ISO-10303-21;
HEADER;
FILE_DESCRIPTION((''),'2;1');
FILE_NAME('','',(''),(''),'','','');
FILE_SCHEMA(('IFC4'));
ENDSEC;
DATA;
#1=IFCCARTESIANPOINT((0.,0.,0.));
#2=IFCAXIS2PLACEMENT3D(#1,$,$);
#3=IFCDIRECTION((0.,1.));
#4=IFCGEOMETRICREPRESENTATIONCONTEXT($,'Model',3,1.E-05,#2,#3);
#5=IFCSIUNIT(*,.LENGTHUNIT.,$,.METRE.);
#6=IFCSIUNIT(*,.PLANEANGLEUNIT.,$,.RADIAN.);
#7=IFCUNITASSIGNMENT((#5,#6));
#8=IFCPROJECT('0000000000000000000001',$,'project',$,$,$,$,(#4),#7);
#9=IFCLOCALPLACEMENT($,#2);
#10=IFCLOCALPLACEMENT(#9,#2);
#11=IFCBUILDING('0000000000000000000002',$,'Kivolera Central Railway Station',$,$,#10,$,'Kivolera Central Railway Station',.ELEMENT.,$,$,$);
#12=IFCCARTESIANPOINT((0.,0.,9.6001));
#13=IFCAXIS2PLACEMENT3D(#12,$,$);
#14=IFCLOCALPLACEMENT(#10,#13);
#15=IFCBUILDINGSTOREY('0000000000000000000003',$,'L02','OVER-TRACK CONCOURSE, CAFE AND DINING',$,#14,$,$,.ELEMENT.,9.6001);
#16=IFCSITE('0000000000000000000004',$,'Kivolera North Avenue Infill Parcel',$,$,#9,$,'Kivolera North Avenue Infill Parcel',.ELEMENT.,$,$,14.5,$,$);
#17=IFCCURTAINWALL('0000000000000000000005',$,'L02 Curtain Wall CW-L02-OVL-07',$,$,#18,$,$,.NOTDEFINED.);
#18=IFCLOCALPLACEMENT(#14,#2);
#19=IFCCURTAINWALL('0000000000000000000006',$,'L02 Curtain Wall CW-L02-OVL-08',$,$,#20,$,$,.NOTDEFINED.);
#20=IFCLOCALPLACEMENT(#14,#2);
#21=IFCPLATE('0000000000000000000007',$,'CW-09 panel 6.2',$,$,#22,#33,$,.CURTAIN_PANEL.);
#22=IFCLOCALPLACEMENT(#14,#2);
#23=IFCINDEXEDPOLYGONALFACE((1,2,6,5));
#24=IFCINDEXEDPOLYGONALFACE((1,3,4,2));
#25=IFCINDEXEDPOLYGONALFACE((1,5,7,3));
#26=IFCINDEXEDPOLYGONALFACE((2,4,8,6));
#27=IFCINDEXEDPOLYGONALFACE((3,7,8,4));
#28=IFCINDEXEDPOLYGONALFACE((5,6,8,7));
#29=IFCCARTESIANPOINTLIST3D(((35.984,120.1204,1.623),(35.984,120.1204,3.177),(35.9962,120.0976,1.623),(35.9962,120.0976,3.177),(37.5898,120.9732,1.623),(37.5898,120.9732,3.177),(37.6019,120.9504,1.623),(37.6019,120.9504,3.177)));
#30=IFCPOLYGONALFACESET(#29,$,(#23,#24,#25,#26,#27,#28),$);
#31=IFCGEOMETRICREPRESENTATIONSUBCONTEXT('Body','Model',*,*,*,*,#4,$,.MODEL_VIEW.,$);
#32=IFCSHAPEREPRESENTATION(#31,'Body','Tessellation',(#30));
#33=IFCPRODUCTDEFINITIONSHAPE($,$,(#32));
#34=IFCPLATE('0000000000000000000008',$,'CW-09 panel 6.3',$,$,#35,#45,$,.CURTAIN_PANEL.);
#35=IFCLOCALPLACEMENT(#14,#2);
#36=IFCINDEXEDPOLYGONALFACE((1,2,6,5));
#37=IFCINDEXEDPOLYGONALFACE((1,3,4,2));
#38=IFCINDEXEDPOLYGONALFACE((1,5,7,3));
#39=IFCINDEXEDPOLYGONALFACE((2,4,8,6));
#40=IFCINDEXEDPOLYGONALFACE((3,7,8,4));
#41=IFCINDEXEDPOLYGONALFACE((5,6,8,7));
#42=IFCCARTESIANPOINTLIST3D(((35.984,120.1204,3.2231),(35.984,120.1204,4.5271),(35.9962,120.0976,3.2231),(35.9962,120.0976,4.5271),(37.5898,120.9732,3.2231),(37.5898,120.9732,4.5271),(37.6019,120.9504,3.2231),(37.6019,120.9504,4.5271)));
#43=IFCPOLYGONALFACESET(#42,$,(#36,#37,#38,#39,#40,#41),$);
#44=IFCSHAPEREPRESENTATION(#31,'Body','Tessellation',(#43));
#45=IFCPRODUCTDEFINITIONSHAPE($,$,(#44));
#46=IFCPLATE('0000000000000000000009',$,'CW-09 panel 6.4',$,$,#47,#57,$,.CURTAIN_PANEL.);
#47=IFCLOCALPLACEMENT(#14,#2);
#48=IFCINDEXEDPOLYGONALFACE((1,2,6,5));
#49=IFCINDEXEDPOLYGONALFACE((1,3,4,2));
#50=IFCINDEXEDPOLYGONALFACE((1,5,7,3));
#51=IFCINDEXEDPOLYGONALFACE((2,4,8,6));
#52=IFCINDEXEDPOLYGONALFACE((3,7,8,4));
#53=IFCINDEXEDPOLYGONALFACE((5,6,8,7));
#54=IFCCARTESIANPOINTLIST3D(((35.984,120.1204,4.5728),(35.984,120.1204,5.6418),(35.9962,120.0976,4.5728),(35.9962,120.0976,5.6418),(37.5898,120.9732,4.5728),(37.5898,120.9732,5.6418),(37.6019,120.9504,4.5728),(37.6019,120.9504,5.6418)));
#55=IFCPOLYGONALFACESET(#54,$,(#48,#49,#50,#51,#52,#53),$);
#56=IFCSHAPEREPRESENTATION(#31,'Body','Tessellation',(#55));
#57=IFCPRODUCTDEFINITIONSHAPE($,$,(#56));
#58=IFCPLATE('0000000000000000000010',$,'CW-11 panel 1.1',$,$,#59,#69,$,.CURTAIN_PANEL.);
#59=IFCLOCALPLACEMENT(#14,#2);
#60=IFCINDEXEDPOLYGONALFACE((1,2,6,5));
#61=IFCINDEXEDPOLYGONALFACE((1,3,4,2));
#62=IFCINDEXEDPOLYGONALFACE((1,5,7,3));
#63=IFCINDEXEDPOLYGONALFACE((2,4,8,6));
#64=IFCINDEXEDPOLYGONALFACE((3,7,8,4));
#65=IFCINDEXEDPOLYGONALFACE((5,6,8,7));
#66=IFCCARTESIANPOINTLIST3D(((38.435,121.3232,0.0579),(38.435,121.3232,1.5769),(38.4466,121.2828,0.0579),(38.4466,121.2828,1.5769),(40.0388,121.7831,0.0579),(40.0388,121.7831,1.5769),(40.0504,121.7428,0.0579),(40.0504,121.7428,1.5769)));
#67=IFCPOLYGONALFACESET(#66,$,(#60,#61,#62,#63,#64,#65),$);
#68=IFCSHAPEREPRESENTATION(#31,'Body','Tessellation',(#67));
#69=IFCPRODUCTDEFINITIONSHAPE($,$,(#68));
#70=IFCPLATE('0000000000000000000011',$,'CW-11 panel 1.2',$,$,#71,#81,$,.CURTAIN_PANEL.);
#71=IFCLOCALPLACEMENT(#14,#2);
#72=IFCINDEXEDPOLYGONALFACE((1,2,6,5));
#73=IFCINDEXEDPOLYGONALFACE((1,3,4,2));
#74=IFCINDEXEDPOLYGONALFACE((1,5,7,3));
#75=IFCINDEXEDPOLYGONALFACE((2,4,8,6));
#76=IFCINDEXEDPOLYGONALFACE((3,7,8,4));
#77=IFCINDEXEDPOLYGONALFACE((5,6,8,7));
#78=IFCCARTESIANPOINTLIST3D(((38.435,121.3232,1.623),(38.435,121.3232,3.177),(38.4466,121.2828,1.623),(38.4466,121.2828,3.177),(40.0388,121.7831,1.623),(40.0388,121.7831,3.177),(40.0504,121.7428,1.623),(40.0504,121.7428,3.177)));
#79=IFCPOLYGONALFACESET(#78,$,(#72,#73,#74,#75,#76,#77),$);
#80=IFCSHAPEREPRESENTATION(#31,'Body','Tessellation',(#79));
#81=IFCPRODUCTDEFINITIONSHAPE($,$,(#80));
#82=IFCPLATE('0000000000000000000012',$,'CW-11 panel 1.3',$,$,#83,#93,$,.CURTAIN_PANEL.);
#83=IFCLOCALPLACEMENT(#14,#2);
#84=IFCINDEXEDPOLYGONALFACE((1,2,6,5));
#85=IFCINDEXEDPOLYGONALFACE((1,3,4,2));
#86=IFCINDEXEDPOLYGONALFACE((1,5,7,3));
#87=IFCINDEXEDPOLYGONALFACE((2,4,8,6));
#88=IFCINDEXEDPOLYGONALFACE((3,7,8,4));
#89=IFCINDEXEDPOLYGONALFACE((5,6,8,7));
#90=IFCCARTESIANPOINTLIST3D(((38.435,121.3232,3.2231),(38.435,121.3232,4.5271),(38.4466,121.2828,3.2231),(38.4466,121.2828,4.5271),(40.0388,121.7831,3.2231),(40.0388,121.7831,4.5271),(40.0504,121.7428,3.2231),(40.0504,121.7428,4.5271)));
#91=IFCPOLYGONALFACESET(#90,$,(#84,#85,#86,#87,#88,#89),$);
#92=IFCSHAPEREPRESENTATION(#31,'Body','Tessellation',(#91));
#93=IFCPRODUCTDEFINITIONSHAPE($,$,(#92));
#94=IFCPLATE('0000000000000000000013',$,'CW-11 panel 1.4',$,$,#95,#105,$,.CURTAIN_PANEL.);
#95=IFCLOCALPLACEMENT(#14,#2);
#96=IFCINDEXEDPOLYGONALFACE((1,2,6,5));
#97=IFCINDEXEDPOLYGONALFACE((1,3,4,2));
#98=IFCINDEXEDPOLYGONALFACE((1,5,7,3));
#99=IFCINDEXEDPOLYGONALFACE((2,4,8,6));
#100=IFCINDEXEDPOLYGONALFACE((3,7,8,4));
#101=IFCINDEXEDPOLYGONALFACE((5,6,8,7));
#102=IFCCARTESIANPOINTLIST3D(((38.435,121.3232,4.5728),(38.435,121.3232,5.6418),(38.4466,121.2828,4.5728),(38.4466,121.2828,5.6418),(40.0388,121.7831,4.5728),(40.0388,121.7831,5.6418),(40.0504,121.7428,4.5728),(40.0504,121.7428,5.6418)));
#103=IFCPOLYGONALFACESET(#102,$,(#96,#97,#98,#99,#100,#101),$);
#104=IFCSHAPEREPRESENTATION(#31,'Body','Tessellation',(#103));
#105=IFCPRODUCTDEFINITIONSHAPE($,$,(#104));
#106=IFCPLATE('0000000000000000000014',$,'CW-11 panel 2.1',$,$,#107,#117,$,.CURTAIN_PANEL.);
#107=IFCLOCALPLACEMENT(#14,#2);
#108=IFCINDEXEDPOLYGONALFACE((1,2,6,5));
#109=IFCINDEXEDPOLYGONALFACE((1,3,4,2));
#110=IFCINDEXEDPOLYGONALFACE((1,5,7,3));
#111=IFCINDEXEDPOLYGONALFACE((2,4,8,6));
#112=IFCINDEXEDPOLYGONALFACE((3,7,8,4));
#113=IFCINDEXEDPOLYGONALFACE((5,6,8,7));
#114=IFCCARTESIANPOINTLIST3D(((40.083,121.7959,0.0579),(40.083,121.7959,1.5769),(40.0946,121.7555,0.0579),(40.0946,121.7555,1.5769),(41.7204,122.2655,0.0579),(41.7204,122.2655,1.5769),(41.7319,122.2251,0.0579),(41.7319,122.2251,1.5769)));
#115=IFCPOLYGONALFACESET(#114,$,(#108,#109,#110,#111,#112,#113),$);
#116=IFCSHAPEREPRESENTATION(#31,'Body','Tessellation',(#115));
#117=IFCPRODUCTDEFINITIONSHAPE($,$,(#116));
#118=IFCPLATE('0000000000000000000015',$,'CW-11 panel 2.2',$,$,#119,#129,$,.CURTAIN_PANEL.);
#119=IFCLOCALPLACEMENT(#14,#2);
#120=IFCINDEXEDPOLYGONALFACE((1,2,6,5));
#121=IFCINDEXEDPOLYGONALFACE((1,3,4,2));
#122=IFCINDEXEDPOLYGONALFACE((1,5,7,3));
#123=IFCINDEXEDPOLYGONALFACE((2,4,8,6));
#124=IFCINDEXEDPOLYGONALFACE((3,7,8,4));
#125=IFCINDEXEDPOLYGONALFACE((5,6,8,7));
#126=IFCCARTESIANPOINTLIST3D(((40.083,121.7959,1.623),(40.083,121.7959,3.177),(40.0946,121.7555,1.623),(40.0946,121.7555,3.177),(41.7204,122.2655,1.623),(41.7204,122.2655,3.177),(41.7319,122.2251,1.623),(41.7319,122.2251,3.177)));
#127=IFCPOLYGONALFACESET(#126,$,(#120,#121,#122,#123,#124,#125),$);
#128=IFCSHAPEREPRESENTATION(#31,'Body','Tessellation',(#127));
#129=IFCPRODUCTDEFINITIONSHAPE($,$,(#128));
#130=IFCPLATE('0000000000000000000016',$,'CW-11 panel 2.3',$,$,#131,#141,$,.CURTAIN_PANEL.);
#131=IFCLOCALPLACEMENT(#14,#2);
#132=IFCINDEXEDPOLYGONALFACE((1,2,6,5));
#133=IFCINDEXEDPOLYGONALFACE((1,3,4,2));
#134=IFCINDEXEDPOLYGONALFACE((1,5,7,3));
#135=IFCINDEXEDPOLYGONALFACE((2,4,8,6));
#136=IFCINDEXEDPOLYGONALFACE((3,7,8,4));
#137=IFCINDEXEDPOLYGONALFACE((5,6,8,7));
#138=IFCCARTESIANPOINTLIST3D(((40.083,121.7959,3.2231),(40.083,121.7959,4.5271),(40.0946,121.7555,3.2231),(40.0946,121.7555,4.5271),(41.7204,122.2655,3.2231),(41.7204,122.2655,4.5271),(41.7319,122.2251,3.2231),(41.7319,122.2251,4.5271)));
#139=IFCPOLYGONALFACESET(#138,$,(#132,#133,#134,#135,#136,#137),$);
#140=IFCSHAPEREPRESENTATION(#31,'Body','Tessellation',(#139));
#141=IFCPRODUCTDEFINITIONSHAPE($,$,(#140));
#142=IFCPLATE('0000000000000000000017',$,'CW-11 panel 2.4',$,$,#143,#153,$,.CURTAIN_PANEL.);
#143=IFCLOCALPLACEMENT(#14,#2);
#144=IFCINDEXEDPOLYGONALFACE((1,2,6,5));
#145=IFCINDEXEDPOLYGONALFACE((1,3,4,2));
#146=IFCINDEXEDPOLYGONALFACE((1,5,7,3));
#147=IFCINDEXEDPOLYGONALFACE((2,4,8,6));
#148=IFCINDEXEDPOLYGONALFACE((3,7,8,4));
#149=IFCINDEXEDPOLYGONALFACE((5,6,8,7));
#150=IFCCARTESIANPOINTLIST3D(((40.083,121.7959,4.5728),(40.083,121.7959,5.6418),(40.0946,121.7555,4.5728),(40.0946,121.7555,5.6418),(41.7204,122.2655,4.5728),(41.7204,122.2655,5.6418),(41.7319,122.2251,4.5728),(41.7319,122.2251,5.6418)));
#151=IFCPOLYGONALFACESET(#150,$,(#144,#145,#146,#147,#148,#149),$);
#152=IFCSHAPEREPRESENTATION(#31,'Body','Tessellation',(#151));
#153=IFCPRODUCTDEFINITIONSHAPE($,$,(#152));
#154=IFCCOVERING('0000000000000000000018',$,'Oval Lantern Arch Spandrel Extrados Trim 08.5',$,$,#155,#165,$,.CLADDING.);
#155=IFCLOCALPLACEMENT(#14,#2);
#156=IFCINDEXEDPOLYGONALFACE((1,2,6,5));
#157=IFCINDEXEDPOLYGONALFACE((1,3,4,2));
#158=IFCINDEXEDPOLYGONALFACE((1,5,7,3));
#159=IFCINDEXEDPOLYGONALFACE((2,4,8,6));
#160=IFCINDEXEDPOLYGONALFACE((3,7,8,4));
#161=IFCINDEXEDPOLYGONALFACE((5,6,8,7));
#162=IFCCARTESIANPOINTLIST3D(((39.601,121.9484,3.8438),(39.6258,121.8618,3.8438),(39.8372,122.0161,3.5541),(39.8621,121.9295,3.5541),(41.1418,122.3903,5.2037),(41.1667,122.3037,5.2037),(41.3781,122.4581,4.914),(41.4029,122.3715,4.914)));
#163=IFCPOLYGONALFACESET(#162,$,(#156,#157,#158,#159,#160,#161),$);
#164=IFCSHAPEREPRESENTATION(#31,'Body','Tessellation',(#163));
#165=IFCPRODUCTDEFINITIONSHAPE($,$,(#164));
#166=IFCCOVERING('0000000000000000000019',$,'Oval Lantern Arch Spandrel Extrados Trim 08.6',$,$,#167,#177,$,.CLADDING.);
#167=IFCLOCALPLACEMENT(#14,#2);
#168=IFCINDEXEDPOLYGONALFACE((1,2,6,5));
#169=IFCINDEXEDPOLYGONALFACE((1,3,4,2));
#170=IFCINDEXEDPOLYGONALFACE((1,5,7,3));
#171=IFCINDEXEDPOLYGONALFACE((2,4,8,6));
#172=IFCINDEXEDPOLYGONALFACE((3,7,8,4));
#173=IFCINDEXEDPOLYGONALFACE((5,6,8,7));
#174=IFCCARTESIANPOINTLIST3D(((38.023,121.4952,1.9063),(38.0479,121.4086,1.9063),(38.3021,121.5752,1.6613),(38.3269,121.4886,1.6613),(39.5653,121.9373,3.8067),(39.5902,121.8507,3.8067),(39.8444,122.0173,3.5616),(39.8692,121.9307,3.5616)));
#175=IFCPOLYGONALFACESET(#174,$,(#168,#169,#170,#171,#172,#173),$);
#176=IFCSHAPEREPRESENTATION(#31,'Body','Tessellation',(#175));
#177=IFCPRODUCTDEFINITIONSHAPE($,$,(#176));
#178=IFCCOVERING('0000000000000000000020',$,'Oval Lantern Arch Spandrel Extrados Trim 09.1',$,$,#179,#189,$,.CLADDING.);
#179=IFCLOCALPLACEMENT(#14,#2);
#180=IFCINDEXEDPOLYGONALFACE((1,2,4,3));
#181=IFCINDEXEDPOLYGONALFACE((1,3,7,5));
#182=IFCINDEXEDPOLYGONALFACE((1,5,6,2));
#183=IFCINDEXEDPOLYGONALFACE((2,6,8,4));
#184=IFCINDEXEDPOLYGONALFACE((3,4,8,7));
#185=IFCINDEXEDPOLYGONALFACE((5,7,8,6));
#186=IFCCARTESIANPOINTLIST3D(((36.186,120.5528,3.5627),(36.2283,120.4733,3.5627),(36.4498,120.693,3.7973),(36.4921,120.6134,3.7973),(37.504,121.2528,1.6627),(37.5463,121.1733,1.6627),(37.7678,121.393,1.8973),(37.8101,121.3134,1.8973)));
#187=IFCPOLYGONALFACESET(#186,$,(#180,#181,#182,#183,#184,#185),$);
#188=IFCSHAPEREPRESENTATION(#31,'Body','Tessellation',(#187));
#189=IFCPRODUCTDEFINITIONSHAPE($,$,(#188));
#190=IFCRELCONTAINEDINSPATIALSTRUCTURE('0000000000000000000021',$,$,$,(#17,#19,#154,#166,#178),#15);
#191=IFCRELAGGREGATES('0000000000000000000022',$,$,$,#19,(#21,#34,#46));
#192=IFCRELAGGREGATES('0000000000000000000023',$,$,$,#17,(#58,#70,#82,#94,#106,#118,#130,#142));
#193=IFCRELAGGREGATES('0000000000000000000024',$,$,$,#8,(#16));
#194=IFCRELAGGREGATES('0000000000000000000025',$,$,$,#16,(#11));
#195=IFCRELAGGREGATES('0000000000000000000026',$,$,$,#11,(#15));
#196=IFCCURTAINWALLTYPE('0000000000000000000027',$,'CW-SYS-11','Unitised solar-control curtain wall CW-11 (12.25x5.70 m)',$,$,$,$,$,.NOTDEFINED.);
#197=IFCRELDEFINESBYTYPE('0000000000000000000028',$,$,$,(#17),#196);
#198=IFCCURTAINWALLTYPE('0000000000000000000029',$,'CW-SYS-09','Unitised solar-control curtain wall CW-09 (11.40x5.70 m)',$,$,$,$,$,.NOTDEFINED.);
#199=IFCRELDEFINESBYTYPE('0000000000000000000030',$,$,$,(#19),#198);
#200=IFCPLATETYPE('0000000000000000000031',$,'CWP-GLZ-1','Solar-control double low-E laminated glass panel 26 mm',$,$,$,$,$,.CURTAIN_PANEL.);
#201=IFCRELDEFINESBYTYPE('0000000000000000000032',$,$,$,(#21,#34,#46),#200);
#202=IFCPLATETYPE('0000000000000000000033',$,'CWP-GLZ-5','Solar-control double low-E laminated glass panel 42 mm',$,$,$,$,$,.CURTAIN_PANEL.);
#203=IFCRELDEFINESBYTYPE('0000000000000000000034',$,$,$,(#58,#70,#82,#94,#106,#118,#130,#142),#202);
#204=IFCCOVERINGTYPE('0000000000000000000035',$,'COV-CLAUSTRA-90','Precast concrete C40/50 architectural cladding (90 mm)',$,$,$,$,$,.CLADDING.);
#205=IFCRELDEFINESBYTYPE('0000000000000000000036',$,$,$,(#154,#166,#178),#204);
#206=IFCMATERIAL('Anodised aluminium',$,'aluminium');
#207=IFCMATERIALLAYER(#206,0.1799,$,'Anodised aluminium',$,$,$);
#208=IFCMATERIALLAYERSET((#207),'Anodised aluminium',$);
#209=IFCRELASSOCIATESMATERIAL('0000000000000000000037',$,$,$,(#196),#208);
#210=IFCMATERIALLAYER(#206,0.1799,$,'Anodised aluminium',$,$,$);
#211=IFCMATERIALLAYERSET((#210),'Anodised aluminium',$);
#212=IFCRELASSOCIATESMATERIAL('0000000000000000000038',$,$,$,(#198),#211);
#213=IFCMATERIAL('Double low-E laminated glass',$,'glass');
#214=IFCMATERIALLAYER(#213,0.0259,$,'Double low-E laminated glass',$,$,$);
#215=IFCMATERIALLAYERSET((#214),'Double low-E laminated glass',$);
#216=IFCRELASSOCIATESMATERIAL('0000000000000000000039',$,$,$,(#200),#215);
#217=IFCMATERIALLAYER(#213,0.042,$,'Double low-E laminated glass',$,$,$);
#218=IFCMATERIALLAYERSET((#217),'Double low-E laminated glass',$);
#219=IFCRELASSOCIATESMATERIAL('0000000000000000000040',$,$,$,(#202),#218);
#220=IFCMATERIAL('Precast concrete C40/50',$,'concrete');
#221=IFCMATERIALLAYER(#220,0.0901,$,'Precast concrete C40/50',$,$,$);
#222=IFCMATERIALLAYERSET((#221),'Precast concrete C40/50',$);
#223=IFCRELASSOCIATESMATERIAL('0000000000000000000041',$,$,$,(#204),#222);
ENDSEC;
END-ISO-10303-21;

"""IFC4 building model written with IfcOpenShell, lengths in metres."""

from ifc_helpers import new_model, si_unit, direction, frame, origin, origin_2d, place, context, subcontext, project, spatial, rectangle, extrude, material, layer, layer_set, type_object, element, aggregate, save


model = new_model("IFC4")

# Units and contexts
model_context = context("Model", 3, precision=1e-05, world=origin(), true_north=direction((0.0, 1.0)))
body_context = subcontext(model_context, "Body", "Model", "MODEL_VIEW")
ifc_project = project(units=[si_unit("LENGTHUNIT", "METRE"), si_unit("PLANEANGLEUNIT", "RADIAN")], contexts=[model_context])

# Site, building, storey
site_placement = place(None, origin())
site = spatial("IfcSite", under=ifc_project, at=site_placement, Name="Kivolera North Avenue Infill Parcel", LongName="Kivolera North Avenue Infill Parcel", CompositionType="ELEMENT", RefElevation=14.5)
building_placement = place(site_placement, origin())
building = spatial("IfcBuilding", under=site, at=building_placement, Name="Kivolera Central Railway Station", LongName="Kivolera Central Railway Station", CompositionType="ELEMENT")
storey_placement = place(building_placement, frame((0.0, 0.0, 9.6001)))
storey = spatial("IfcBuildingStorey", under=building, at=storey_placement, Name="L02", Description="OVER-TRACK CONCOURSE, CAFE AND DINING", CompositionType="ELEMENT", Elevation=9.6001)

# Curtain wall
ifc_material_1 = material(Name="Anodised aluminium", Category="aluminium")
ifc_layer_1 = layer(ifc_material_1, 0.1799, Name="Anodised aluminium")
ifc_layer_set_1 = layer_set([ifc_layer_1], Name="Anodised aluminium")
curtain_wall_type_1 = type_object("IfcCurtainWallType", Name="CW-SYS-11", Description="Unitised solar-control curtain wall CW-11 (12.25x5.70 m)", PredefinedType="NOTDEFINED", material=ifc_layer_set_1)
curtain_wall_1_placement = place(storey_placement, origin())
curtain_wall_1 = element("IfcCurtainWall", 1, at=curtain_wall_1_placement, inside=storey, type_object=curtain_wall_type_1, Name="L02 Curtain Wall CW-L02-OVL-07", PredefinedType="NOTDEFINED")

# Curtain wall
ifc_layer_2 = layer(ifc_material_1, 0.1799, Name="Anodised aluminium")
ifc_layer_set_2 = layer_set([ifc_layer_2], Name="Anodised aluminium")
curtain_wall_type_2 = type_object("IfcCurtainWallType", Name="CW-SYS-09", Description="Unitised solar-control curtain wall CW-09 (11.40x5.70 m)", PredefinedType="NOTDEFINED", material=ifc_layer_set_2)
curtain_wall_2_placement = place(storey_placement, origin())
curtain_wall_2 = element("IfcCurtainWall", 2, at=curtain_wall_2_placement, inside=storey, type_object=curtain_wall_type_2, Name="L02 Curtain Wall CW-L02-OVL-08", PredefinedType="NOTDEFINED")

# Plates
ifc_material_2 = material(Name="Double low-E laminated glass", Category="glass")
ifc_layer_3 = layer(ifc_material_2, 0.0259, Name="Double low-E laminated glass")
ifc_layer_set_3 = layer_set([ifc_layer_3], Name="Double low-E laminated glass")
plate_type_1 = type_object("IfcPlateType", Name="CWP-GLZ-1", Description="Solar-control double low-E laminated glass panel 26 mm", PredefinedType="CURTAIN_PANEL", material=ifc_layer_set_3)
plate_1_placement = place(storey_placement, frame((36.793, 120.5354, 1.623), z_axis=(0.0, 0.0, 1.0), x_axis=(0.88317, 0.469053, 0.0)))
plate_1 = element("IfcPlate", 3, at=plate_1_placement, type_object=plate_type_1, Name="CW-09 panel 6.2", PredefinedType="CURTAIN_PANEL", context=body_context, shape_type="SweptSolid", body=[
    extrude(rectangle(XDim=1.8181, YDim=0.0259, at=origin_2d()), origin(), (0.0, 0.0, 1.0), 1.554),
])
plate_2_placement = place(storey_placement, frame((36.793, 120.5354, 3.2231), z_axis=(0.0, 0.0, 1.0), x_axis=(0.88317, 0.469053, 0.0)))
plate_2 = element("IfcPlate", 4, at=plate_2_placement, type_object=plate_type_1, Name="CW-09 panel 6.3", PredefinedType="CURTAIN_PANEL", context=body_context, shape_type="SweptSolid", body=[
    extrude(rectangle(XDim=1.8181, YDim=0.0259, at=origin_2d()), origin(), (0.0, 0.0, 1.0), 1.304),
])
plate_3_placement = place(storey_placement, frame((36.793, 120.5354, 4.5728), z_axis=(0.0, 0.0, 1.0), x_axis=(0.88317, 0.469053, 0.0)))
plate_3 = element("IfcPlate", 5, at=plate_3_placement, type_object=plate_type_1, Name="CW-09 panel 6.4", PredefinedType="CURTAIN_PANEL", context=body_context, shape_type="SweptSolid", body=[
    extrude(rectangle(XDim=1.8181, YDim=0.0259, at=origin_2d()), origin(), (0.0, 0.0, 1.0), 1.0691),
])
aggregate(curtain_wall_2, [plate_1, plate_2, plate_3])
ifc_layer_4 = layer(ifc_material_2, 0.042, Name="Double low-E laminated glass")
ifc_layer_set_4 = layer_set([ifc_layer_4], Name="Double low-E laminated glass")
plate_type_2 = type_object("IfcPlateType", Name="CWP-GLZ-5", Description="Solar-control double low-E laminated glass panel 42 mm", PredefinedType="CURTAIN_PANEL", material=ifc_layer_set_4)
plate_4_placement = place(storey_placement, frame((39.2427, 121.533, 0.0579), z_axis=(0.0, 0.0, 1.0), x_axis=(0.961246, 0.275692, 0.0)))
plate_4 = element("IfcPlate", 6, at=plate_4_placement, type_object=plate_type_2, Name="CW-11 panel 1.1", PredefinedType="CURTAIN_PANEL", context=body_context, shape_type="SweptSolid", body=[
    extrude(rectangle(XDim=1.6685, YDim=0.042, at=origin_2d()), origin(), (0.0, 0.0, 1.0), 1.519),
])
plate_5_placement = place(storey_placement, frame((39.2427, 121.533, 1.623), z_axis=(0.0, 0.0, 1.0), x_axis=(0.961246, 0.275692, 0.0)))
plate_5 = element("IfcPlate", 7, at=plate_5_placement, type_object=plate_type_2, Name="CW-11 panel 1.2", PredefinedType="CURTAIN_PANEL", context=body_context, shape_type="SweptSolid", body=[
    extrude(rectangle(XDim=1.6685, YDim=0.042, at=origin_2d()), origin(), (0.0, 0.0, 1.0), 1.554),
])
plate_6_placement = place(storey_placement, frame((39.2427, 121.533, 3.2231), z_axis=(0.0, 0.0, 1.0), x_axis=(0.961246, 0.275692, 0.0)))
plate_6 = element("IfcPlate", 8, at=plate_6_placement, type_object=plate_type_2, Name="CW-11 panel 1.3", PredefinedType="CURTAIN_PANEL", context=body_context, shape_type="SweptSolid", body=[
    extrude(rectangle(XDim=1.6685, YDim=0.042, at=origin_2d()), origin(), (0.0, 0.0, 1.0), 1.304),
])
plate_7_placement = place(storey_placement, frame((39.2427, 121.533, 4.5728), z_axis=(0.0, 0.0, 1.0), x_axis=(0.961246, 0.275692, 0.0)))
plate_7 = element("IfcPlate", 9, at=plate_7_placement, type_object=plate_type_2, Name="CW-11 panel 1.4", PredefinedType="CURTAIN_PANEL", context=body_context, shape_type="SweptSolid", body=[
    extrude(rectangle(XDim=1.6685, YDim=0.042, at=origin_2d()), origin(), (0.0, 0.0, 1.0), 1.0691),
])
plate_8_placement = place(storey_placement, frame((40.9075, 122.0105, 0.0579), z_axis=(0.0, 0.0, 1.0), x_axis=(0.961246, 0.275692, 0.0)))
plate_8 = element("IfcPlate", 10, at=plate_8_placement, type_object=plate_type_2, Name="CW-11 panel 2.1", PredefinedType="CURTAIN_PANEL", context=body_context, shape_type="SweptSolid", body=[
    extrude(rectangle(XDim=1.7034, YDim=0.042, at=origin_2d()), origin(), (0.0, 0.0, 1.0), 1.519),
])
plate_9_placement = place(storey_placement, frame((40.9075, 122.0105, 1.623), z_axis=(0.0, 0.0, 1.0), x_axis=(0.961246, 0.275692, 0.0)))
plate_9 = element("IfcPlate", 11, at=plate_9_placement, type_object=plate_type_2, Name="CW-11 panel 2.2", PredefinedType="CURTAIN_PANEL", context=body_context, shape_type="SweptSolid", body=[
    extrude(rectangle(XDim=1.7034, YDim=0.042, at=origin_2d()), origin(), (0.0, 0.0, 1.0), 1.554),
])
plate_10_placement = place(storey_placement, frame((40.9075, 122.0105, 3.2231), z_axis=(0.0, 0.0, 1.0), x_axis=(0.961246, 0.275692, 0.0)))
plate_10 = element("IfcPlate", 12, at=plate_10_placement, type_object=plate_type_2, Name="CW-11 panel 2.3", PredefinedType="CURTAIN_PANEL", context=body_context, shape_type="SweptSolid", body=[
    extrude(rectangle(XDim=1.7034, YDim=0.042, at=origin_2d()), origin(), (0.0, 0.0, 1.0), 1.304),
])
plate_11_placement = place(storey_placement, frame((40.9075, 122.0105, 4.5728), z_axis=(0.0, 0.0, 1.0), x_axis=(0.961246, 0.275692, 0.0)))
plate_11 = element("IfcPlate", 13, at=plate_11_placement, type_object=plate_type_2, Name="CW-11 panel 2.4", PredefinedType="CURTAIN_PANEL", context=body_context, shape_type="SweptSolid", body=[
    extrude(rectangle(XDim=1.7034, YDim=0.042, at=origin_2d()), origin(), (0.0, 0.0, 1.0), 1.0691),
])
aggregate(curtain_wall_1, [plate_4, plate_5, plate_6, plate_7, plate_8, plate_9, plate_10, plate_11])

# Coverings
ifc_material_3 = material(Name="Precast concrete C40/50", Category="concrete")
ifc_layer_5 = layer(ifc_material_3, 0.0901, Name="Precast concrete C40/50")
ifc_layer_set_5 = layer_set([ifc_layer_5], Name="Precast concrete C40/50")
covering_type = type_object("IfcCoveringType", Name="COV-CLAUSTRA-90", Description="Precast concrete C40/50 architectural cladding (90 mm)", PredefinedType="CLADDING", material=ifc_layer_set_5)
covering_1_placement = place(storey_placement, frame((40.502, 122.1599, 4.3789), z_axis=(-0.733008, -0.210246, -0.646912), x_axis=(-0.275632, 0.961263, 0.0)))
element("IfcCovering", 14, at=covering_1_placement, inside=storey, type_object=covering_type, Name="Oval Lantern Arch Spandrel Extrados Trim 08.5", PredefinedType="CLADDING", context=body_context, shape_type="SweptSolid", body=[
    extrude(rectangle(XDim=0.0901, YDim=0.3799, at=origin_2d()), frame((0.0, 0.0, -1.051)), (0.0, 0.0, 1.0), 2.1021),
])
covering_2_placement = place(storey_placement, frame((38.946, 121.7129, 2.7339), z_axis=(-0.620126, -0.177753, -0.764099), x_axis=(-0.275632, 0.961263, 0.0)))
element("IfcCovering", 15, at=covering_2_placement, inside=storey, type_object=covering_type, Name="Oval Lantern Arch Spandrel Extrados Trim 08.6", PredefinedType="CLADDING", context=body_context, shape_type="SweptSolid", body=[
    extrude(rectangle(XDim=0.0901, YDim=0.3799, at=origin_2d()), frame((0.0, 0.0, -1.2437)), (0.0, 0.0, 1.0), 2.4871),
])
covering_3_placement = place(storey_placement, frame((36.998, 120.9331, 2.73), z_axis=(-0.545527, -0.289733, 0.786419), x_axis=(-0.469119, 0.883135, 0.0)))
element("IfcCovering", 16, at=covering_3_placement, inside=storey, type_object=covering_type, Name="Oval Lantern Arch Spandrel Extrados Trim 09.1", PredefinedType="CLADDING", context=body_context, shape_type="SweptSolid", body=[
    extrude(rectangle(XDim=0.0901, YDim=0.3799, at=origin_2d()), frame((0.0, 0.0, -1.208)), (0.0, 0.0, 1.0), 2.416),
])

save(model, "model.ifc")
